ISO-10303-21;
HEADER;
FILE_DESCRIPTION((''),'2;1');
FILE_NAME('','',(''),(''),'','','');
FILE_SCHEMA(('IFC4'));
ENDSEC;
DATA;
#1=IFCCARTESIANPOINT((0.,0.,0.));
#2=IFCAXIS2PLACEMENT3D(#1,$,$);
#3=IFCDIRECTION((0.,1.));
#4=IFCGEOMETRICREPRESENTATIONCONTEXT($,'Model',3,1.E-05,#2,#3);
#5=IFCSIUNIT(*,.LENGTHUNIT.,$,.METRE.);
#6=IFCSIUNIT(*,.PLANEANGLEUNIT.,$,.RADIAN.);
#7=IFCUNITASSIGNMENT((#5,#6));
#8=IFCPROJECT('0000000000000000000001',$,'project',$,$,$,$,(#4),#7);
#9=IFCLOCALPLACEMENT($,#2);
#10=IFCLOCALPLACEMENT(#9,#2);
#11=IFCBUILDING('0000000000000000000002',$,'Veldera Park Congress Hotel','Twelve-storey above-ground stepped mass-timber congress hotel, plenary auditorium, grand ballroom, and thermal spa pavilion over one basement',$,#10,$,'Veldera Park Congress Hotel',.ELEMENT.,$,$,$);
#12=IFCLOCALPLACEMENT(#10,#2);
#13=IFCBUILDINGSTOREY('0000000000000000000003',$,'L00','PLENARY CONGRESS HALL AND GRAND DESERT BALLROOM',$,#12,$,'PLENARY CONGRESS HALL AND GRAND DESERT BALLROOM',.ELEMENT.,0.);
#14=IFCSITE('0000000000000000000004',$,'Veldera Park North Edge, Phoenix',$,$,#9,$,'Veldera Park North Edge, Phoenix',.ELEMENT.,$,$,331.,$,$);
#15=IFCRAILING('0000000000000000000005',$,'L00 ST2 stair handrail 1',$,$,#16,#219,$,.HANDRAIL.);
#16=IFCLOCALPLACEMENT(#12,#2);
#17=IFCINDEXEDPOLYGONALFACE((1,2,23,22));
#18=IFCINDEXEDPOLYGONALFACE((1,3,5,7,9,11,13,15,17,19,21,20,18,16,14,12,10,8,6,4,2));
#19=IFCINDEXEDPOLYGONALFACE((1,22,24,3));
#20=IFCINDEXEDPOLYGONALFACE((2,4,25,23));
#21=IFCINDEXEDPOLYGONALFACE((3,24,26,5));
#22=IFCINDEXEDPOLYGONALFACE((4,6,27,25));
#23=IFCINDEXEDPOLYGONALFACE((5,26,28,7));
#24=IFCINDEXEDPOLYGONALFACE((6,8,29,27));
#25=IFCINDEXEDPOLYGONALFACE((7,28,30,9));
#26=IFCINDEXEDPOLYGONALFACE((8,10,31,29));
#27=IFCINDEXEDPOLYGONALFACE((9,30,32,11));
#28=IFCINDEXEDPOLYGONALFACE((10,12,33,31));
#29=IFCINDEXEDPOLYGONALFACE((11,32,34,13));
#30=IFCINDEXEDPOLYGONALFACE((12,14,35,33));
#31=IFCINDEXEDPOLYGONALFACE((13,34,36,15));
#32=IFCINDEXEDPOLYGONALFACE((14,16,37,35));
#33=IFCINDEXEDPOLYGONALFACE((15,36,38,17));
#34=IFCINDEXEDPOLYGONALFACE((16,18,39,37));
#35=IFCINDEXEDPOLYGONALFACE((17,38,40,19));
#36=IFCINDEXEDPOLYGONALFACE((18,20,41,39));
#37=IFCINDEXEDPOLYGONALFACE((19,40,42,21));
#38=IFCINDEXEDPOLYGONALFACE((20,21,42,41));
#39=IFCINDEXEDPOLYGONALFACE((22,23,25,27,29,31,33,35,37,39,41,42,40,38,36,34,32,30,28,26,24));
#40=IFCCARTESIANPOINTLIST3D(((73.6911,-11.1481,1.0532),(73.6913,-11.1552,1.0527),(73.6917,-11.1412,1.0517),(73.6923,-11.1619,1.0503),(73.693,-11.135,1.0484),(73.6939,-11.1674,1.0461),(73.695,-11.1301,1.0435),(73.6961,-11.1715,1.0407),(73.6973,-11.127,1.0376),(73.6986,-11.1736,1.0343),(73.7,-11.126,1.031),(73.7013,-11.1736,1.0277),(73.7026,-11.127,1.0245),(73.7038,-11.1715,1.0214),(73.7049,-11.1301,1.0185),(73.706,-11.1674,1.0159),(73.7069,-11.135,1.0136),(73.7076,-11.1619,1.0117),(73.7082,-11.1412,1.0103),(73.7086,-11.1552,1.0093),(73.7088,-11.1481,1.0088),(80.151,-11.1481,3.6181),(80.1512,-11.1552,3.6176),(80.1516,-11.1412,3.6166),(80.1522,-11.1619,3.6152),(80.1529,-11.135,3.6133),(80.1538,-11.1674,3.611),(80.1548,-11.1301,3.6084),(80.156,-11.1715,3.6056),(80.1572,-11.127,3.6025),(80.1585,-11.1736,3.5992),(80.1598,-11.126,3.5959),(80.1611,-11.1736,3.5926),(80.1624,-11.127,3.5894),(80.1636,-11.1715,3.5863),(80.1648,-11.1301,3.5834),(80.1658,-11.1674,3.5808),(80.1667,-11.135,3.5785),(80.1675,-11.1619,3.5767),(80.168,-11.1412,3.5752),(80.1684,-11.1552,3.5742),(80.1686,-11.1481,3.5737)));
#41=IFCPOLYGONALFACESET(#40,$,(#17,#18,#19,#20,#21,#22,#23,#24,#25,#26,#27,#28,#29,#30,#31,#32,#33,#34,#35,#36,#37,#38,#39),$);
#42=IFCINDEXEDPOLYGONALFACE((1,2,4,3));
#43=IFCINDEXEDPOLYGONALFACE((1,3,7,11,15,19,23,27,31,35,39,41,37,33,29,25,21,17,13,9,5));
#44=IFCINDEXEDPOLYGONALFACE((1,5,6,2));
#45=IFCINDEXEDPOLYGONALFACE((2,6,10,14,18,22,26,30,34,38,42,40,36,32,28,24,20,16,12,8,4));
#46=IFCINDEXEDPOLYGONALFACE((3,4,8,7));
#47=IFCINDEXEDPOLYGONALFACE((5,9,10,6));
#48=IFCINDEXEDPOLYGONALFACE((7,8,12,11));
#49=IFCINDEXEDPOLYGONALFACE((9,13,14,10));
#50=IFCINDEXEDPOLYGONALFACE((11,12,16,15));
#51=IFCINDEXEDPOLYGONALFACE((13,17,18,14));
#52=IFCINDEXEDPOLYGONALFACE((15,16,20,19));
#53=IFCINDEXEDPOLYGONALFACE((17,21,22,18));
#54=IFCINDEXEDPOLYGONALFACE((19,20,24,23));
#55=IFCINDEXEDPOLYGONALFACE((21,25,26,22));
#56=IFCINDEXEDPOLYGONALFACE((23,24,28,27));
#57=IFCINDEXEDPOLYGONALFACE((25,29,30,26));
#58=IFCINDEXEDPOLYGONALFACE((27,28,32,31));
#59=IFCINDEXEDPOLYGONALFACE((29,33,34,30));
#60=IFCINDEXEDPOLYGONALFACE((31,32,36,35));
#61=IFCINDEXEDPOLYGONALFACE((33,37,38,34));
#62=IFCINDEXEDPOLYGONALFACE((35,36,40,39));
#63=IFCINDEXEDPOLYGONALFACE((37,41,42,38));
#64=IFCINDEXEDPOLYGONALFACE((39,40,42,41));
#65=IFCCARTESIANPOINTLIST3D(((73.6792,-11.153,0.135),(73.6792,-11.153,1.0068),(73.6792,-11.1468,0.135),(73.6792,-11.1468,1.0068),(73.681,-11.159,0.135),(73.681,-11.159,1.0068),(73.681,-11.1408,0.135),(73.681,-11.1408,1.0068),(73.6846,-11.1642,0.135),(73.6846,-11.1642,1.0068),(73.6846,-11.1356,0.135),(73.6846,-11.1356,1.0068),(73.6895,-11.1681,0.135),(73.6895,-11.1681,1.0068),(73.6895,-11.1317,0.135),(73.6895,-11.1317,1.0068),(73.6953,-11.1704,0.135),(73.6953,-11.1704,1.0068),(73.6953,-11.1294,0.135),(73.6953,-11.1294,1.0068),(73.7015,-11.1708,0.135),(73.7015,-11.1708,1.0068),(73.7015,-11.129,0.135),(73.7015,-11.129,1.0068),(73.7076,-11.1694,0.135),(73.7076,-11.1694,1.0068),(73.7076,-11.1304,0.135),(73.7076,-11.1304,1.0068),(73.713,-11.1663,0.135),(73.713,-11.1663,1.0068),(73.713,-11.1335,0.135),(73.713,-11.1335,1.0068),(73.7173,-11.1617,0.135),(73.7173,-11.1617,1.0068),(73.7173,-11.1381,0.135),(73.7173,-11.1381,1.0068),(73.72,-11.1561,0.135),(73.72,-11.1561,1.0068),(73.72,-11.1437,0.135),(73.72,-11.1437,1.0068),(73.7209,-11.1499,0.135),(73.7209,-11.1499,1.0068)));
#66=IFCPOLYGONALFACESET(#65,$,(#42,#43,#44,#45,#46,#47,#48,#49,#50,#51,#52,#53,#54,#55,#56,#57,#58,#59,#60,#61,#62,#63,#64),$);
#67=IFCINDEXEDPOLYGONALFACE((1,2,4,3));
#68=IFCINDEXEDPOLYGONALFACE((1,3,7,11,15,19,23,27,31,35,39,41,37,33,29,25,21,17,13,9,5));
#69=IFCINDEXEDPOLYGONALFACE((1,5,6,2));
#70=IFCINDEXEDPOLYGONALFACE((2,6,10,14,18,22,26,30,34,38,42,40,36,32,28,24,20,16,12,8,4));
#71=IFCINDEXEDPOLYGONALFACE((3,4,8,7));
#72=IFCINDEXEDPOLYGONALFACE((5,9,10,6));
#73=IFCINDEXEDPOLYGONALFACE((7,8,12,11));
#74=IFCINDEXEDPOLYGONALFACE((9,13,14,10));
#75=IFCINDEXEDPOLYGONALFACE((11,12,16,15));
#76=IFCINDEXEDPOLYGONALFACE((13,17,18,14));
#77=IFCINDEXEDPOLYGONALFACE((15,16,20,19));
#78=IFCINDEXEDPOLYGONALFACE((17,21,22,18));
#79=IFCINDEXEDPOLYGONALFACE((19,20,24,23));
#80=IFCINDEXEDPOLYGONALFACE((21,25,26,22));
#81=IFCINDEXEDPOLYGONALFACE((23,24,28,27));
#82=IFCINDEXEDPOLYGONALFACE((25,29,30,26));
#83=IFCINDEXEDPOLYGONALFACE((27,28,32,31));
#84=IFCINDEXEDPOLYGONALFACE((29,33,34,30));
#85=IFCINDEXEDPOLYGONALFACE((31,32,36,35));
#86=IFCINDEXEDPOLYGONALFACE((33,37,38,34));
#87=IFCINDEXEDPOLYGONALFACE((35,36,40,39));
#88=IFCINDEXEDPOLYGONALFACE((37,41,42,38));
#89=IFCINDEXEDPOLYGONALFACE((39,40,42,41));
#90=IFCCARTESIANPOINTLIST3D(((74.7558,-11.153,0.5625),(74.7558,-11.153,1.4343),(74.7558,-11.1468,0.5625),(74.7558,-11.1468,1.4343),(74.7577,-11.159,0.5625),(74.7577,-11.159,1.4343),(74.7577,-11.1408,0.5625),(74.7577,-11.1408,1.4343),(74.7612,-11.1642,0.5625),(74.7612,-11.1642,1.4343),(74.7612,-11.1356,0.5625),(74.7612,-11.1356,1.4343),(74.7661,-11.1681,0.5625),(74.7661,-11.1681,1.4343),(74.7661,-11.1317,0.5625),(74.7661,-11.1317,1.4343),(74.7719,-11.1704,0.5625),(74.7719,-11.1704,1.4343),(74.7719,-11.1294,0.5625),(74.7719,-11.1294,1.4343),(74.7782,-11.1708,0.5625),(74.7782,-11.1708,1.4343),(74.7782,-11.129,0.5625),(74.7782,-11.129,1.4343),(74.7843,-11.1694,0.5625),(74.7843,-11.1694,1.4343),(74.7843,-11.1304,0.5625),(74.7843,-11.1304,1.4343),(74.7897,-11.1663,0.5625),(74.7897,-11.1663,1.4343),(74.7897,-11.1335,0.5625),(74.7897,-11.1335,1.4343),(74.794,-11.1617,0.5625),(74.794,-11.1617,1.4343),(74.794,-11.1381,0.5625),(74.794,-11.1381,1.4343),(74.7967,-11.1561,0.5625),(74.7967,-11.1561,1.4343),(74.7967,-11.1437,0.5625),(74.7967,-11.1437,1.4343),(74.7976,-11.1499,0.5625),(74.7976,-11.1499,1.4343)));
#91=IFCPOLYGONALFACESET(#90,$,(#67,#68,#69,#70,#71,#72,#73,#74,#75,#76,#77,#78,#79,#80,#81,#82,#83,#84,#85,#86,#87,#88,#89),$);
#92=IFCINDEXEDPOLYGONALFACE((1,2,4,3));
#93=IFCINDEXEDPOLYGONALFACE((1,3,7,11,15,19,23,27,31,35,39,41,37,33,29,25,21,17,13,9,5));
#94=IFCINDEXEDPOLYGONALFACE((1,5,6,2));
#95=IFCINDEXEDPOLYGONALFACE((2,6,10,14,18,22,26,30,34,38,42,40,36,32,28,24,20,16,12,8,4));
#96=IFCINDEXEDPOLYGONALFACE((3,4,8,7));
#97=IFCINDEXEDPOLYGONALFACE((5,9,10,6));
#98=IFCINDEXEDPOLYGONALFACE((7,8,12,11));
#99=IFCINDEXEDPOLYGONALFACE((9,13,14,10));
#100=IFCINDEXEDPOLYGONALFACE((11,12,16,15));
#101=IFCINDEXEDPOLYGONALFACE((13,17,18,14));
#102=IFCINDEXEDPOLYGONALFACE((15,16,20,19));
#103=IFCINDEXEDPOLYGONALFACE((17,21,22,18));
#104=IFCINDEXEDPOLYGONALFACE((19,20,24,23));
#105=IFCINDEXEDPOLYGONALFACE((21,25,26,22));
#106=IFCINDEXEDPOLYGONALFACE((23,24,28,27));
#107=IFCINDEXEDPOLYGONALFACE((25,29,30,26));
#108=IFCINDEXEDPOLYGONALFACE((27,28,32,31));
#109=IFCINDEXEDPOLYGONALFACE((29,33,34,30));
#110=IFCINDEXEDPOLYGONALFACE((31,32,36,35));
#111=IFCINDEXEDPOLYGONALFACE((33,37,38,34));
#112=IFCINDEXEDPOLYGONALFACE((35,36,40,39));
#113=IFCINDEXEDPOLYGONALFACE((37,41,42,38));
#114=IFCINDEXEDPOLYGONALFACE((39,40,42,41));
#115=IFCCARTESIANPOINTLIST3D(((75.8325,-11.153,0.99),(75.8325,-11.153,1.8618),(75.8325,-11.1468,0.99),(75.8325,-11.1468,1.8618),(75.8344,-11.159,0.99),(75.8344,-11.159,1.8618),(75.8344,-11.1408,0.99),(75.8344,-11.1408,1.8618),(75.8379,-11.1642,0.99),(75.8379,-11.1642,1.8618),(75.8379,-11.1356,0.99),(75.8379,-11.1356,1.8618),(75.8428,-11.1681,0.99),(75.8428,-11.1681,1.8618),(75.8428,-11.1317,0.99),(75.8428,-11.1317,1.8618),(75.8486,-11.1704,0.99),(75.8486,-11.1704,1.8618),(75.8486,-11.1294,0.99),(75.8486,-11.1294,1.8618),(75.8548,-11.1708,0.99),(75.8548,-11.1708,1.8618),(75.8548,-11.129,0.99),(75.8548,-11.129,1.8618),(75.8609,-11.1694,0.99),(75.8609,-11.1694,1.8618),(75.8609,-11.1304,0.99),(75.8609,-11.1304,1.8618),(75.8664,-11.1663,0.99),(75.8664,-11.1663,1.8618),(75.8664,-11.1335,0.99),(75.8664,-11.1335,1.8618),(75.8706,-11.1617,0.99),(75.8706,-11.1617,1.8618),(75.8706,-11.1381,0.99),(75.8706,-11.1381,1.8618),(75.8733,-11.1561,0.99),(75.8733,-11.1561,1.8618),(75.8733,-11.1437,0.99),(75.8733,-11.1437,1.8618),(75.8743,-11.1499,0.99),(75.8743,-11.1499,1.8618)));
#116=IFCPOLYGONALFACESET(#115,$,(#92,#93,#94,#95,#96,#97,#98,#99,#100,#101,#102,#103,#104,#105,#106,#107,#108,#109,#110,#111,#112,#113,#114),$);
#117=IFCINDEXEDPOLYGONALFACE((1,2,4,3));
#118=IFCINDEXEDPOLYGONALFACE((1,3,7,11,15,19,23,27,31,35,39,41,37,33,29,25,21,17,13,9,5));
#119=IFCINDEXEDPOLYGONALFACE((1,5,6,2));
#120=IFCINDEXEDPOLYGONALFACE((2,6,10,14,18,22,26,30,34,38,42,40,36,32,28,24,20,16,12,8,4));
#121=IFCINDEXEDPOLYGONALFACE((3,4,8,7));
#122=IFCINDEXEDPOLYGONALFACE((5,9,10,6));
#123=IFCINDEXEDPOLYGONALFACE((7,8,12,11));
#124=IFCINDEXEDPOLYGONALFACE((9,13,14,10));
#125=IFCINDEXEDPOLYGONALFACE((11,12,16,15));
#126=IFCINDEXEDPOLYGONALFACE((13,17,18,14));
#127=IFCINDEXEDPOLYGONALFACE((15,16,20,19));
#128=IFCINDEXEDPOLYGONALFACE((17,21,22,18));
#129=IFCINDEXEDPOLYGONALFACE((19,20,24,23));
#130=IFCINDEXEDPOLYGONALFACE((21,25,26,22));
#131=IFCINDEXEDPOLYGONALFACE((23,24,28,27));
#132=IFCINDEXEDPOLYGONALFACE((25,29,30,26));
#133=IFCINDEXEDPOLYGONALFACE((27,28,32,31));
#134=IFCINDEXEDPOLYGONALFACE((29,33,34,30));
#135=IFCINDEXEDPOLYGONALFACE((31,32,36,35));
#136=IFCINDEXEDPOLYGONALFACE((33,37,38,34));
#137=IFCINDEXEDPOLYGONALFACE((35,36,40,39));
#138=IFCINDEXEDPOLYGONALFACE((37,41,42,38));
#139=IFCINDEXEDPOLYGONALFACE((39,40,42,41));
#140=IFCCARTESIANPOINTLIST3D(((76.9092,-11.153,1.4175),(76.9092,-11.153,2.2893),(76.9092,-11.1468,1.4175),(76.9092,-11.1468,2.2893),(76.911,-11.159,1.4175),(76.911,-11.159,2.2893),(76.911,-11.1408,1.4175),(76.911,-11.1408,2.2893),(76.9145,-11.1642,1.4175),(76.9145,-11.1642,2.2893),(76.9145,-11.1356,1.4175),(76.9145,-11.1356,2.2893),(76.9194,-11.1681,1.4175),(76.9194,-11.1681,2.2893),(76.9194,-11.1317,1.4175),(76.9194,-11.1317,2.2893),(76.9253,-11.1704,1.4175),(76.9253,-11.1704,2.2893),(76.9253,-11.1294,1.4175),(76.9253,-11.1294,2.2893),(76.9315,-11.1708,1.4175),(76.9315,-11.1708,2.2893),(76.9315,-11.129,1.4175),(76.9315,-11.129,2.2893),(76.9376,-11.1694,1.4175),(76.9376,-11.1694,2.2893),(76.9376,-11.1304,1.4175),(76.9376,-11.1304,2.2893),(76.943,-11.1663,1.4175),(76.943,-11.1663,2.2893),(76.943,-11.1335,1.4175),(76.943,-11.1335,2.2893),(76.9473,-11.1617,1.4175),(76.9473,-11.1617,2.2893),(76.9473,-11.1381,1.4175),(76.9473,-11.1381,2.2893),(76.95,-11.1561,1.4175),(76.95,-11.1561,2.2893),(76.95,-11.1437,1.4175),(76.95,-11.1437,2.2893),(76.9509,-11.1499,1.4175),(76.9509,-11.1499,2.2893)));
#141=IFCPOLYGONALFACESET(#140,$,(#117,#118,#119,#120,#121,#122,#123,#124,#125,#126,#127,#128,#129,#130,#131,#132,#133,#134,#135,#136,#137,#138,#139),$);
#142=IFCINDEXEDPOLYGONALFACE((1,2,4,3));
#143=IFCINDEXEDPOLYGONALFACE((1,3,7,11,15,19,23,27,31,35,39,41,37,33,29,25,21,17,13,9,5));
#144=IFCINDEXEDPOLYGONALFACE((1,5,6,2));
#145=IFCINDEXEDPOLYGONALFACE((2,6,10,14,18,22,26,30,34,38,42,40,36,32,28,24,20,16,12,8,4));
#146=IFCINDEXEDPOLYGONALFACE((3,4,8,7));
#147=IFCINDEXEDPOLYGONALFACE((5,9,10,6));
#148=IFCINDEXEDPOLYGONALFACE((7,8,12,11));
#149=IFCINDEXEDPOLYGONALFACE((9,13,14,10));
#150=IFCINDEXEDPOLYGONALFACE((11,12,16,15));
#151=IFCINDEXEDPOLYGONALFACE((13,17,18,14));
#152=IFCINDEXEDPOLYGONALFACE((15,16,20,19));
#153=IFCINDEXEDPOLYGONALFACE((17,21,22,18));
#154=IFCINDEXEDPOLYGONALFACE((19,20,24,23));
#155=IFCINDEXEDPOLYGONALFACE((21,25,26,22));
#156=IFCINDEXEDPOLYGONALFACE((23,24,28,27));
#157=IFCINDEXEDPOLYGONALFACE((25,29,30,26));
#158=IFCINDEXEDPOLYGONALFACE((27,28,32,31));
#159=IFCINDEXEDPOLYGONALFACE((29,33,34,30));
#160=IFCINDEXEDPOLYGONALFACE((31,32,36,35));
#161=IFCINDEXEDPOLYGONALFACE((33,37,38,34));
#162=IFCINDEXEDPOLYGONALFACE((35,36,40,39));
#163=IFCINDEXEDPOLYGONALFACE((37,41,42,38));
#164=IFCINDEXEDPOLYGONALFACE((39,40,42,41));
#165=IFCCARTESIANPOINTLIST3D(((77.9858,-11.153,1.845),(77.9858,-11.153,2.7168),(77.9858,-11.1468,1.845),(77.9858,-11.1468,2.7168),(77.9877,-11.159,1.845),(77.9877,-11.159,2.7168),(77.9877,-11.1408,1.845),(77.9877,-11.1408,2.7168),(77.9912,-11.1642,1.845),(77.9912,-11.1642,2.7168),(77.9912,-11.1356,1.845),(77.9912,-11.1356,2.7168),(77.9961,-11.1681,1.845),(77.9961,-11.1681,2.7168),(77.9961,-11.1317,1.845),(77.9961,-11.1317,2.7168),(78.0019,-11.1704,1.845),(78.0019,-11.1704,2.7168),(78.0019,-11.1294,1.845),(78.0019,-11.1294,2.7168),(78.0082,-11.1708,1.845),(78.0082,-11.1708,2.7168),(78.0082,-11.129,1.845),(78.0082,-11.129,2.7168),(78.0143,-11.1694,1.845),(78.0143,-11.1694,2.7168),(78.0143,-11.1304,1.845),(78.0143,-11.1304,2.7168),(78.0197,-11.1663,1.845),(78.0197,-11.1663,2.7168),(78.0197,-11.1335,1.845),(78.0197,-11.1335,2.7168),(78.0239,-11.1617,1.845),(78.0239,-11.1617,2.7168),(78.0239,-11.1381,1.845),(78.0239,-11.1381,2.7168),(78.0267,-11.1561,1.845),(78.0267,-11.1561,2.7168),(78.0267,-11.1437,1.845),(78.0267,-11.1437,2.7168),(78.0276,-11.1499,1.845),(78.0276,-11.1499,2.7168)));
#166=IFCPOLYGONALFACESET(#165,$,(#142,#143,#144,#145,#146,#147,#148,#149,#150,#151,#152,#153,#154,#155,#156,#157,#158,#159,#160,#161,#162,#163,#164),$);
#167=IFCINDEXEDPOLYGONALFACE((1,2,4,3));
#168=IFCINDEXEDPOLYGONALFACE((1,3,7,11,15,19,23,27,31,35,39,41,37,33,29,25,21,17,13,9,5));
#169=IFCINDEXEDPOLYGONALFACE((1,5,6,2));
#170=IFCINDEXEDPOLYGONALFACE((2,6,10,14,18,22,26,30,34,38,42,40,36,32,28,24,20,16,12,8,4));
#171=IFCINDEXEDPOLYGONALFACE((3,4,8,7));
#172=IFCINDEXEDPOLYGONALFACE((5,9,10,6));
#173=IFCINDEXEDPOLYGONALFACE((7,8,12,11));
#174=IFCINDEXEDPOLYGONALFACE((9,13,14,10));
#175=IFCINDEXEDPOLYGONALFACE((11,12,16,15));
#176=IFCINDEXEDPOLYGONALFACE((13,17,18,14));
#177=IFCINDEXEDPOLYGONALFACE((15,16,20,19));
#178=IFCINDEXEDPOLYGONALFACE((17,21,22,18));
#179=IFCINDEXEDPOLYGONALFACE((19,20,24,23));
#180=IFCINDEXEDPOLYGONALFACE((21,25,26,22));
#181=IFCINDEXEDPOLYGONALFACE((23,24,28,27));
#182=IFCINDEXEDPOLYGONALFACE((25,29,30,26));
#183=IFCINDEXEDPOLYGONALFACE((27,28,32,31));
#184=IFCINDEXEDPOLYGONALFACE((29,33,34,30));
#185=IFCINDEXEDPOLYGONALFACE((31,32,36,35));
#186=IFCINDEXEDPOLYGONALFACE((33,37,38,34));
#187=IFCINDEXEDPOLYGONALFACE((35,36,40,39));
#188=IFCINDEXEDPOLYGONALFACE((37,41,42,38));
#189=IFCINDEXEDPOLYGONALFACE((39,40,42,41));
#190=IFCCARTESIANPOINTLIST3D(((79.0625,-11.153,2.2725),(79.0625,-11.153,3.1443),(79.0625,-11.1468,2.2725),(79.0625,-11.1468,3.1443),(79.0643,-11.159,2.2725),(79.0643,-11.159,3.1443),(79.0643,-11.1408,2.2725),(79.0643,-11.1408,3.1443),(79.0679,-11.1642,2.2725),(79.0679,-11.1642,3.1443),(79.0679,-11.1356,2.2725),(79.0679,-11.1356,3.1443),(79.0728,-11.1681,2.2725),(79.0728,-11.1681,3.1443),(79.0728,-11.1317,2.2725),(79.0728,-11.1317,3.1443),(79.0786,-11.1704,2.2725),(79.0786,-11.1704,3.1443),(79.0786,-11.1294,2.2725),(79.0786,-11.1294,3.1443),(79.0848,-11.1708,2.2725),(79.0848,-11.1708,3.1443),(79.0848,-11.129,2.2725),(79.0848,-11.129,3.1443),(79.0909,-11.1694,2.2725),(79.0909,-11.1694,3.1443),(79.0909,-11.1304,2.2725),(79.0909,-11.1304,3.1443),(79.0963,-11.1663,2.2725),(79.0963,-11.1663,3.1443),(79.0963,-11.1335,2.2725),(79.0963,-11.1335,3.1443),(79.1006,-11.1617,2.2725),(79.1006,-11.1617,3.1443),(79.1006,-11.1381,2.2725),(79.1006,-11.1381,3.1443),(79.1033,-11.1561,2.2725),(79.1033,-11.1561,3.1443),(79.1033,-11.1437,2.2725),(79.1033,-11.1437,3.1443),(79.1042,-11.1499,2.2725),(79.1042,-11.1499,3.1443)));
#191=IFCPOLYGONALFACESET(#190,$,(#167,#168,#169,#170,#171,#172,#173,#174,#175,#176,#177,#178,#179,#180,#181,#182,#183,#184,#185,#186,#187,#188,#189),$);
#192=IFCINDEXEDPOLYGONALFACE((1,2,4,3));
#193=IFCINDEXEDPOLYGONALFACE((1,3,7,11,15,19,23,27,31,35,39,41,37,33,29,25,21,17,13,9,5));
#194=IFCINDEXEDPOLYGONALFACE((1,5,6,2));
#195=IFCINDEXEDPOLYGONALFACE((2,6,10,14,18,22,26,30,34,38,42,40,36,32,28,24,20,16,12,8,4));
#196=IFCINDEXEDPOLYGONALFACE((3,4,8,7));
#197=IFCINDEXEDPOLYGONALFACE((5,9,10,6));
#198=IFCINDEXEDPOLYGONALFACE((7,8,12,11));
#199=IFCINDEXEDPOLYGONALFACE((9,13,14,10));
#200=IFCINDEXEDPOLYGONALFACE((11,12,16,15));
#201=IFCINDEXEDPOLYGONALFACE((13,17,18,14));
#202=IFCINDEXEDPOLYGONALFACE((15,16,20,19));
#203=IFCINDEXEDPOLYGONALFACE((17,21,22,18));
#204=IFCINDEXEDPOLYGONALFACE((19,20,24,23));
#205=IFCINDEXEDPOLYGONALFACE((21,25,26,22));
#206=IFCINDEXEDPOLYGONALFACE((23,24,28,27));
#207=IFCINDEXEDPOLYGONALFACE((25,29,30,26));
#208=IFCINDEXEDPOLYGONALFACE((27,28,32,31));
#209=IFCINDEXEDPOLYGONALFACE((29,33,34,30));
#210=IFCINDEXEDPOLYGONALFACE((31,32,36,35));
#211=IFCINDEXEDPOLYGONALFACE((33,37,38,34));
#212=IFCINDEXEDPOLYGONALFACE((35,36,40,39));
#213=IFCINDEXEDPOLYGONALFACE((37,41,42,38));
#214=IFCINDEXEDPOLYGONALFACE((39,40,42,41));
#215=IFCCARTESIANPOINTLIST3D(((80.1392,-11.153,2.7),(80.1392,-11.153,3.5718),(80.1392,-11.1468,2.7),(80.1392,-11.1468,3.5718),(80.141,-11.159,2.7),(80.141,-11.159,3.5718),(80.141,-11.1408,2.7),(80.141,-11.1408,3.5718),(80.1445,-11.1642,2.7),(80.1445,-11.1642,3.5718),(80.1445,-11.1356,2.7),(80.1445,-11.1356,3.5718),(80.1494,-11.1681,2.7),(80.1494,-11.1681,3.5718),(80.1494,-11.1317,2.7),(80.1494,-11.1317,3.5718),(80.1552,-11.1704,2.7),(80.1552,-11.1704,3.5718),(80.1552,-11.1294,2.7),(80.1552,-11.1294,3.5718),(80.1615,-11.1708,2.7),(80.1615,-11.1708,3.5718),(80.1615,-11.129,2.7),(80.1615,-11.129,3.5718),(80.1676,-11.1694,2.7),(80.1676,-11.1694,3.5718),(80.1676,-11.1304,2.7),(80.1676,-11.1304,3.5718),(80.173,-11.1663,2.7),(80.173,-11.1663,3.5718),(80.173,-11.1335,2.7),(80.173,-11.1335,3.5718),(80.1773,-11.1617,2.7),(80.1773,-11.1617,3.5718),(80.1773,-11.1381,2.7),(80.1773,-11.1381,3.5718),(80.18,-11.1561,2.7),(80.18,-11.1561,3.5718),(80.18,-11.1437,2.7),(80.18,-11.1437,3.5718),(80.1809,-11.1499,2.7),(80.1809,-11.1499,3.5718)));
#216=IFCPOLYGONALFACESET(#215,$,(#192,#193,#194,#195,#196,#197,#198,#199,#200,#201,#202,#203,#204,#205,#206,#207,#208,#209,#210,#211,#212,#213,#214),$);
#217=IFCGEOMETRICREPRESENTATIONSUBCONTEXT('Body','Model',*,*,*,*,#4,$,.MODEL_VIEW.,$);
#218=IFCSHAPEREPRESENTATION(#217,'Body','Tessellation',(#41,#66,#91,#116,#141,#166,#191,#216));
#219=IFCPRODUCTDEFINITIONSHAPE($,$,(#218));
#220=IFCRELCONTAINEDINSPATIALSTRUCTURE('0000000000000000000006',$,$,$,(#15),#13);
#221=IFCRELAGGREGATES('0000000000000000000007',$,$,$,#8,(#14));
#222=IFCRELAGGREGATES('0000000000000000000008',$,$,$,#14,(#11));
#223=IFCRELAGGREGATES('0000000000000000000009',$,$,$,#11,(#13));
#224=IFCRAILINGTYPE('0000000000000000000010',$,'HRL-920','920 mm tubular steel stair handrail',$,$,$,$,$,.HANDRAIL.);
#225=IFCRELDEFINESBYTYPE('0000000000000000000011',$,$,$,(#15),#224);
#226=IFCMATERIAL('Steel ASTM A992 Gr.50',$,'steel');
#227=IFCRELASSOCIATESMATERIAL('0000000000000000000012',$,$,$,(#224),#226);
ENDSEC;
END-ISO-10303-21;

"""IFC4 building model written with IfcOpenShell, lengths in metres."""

from ifc_helpers import new_model, si_unit, direction, frame, origin, origin_2d, place, context, subcontext, project, spatial, circle, extrude, material, type_object, element, save


model = new_model("IFC4")

# Units and contexts
model_context = context("Model", 3, precision=1e-05, world=origin(), true_north=direction((0.0, 1.0)))
body_context = subcontext(model_context, "Body", "Model", "MODEL_VIEW")
ifc_project = project(units=[si_unit("LENGTHUNIT", "METRE"), si_unit("PLANEANGLEUNIT", "RADIAN")], contexts=[model_context])

# Site, building, storey
site_placement = place(None, origin())
site = spatial("IfcSite", under=ifc_project, at=site_placement, Name="Veldera Park North Edge, Phoenix", LongName="Veldera Park North Edge, Phoenix", CompositionType="ELEMENT", RefElevation=331.0)
building_placement = place(site_placement, origin())
building = spatial("IfcBuilding", under=site, at=building_placement, Name="Veldera Park Congress Hotel", Description="Twelve-storey above-ground stepped mass-timber congress hotel, plenary auditorium, grand ballroom, and thermal spa pavilion over one basement", LongName="Veldera Park Congress Hotel", CompositionType="ELEMENT")
storey_placement = place(building_placement, origin())
storey = spatial("IfcBuildingStorey", under=building, at=storey_placement, Name="L00", Description="PLENARY CONGRESS HALL AND GRAND DESERT BALLROOM", LongName="PLENARY CONGRESS HALL AND GRAND DESERT BALLROOM", CompositionType="ELEMENT", Elevation=0.0)

# Railing
ifc_material_1 = material(Name="Steel ASTM A992 Gr.50", Category="steel")
railing_type_1 = type_object("IfcRailingType", Name="HRL-920", Description="920 mm tubular steel stair handrail", PredefinedType="HANDRAIL", material=ifc_material_1)
railing_1_placement = place(storey_placement, frame((73.7, -11.1499, 0.135)))
element("IfcRailing", 1, at=railing_1_placement, inside=storey, type_object=railing_type_1, Name="L00 ST2 stair handrail 1", PredefinedType="HANDRAIL", context=body_context, shape_type="SweptSolid", body=[
    extrude(circle(Radius=0.0239, at=origin_2d()), frame((0.0, 0.0, 0.896), z_axis=(0.929418, 0.0, 0.369028), x_axis=(0.0, 1.0, 0.0)), (0.0, 0.0, 1.0), 6.9504),
    extrude(circle(Radius=0.021, at=origin_2d()), origin(), (0.0, 0.0, 1.0), 0.8718),
    extrude(circle(Radius=0.021, at=origin_2d()), frame((1.0767, 0.0, 0.4275)), (0.0, 0.0, 1.0), 0.8718),
    extrude(circle(Radius=0.021, at=origin_2d()), frame((2.1533, 0.0, 0.855)), (0.0, 0.0, 1.0), 0.8718),
    extrude(circle(Radius=0.021, at=origin_2d()), frame((3.23, 0.0, 1.2825)), (0.0, 0.0, 1.0), 0.8718),
    extrude(circle(Radius=0.021, at=origin_2d()), frame((4.3066, 0.0, 1.71)), (0.0, 0.0, 1.0), 0.8718),
    extrude(circle(Radius=0.021, at=origin_2d()), frame((5.3833, 0.0, 2.1375)), (0.0, 0.0, 1.0), 0.8718),
    extrude(circle(Radius=0.021, at=origin_2d()), frame((6.46, 0.0, 2.5649)), (0.0, 0.0, 1.0), 0.8718),
])

save(model, "model.ifc")
